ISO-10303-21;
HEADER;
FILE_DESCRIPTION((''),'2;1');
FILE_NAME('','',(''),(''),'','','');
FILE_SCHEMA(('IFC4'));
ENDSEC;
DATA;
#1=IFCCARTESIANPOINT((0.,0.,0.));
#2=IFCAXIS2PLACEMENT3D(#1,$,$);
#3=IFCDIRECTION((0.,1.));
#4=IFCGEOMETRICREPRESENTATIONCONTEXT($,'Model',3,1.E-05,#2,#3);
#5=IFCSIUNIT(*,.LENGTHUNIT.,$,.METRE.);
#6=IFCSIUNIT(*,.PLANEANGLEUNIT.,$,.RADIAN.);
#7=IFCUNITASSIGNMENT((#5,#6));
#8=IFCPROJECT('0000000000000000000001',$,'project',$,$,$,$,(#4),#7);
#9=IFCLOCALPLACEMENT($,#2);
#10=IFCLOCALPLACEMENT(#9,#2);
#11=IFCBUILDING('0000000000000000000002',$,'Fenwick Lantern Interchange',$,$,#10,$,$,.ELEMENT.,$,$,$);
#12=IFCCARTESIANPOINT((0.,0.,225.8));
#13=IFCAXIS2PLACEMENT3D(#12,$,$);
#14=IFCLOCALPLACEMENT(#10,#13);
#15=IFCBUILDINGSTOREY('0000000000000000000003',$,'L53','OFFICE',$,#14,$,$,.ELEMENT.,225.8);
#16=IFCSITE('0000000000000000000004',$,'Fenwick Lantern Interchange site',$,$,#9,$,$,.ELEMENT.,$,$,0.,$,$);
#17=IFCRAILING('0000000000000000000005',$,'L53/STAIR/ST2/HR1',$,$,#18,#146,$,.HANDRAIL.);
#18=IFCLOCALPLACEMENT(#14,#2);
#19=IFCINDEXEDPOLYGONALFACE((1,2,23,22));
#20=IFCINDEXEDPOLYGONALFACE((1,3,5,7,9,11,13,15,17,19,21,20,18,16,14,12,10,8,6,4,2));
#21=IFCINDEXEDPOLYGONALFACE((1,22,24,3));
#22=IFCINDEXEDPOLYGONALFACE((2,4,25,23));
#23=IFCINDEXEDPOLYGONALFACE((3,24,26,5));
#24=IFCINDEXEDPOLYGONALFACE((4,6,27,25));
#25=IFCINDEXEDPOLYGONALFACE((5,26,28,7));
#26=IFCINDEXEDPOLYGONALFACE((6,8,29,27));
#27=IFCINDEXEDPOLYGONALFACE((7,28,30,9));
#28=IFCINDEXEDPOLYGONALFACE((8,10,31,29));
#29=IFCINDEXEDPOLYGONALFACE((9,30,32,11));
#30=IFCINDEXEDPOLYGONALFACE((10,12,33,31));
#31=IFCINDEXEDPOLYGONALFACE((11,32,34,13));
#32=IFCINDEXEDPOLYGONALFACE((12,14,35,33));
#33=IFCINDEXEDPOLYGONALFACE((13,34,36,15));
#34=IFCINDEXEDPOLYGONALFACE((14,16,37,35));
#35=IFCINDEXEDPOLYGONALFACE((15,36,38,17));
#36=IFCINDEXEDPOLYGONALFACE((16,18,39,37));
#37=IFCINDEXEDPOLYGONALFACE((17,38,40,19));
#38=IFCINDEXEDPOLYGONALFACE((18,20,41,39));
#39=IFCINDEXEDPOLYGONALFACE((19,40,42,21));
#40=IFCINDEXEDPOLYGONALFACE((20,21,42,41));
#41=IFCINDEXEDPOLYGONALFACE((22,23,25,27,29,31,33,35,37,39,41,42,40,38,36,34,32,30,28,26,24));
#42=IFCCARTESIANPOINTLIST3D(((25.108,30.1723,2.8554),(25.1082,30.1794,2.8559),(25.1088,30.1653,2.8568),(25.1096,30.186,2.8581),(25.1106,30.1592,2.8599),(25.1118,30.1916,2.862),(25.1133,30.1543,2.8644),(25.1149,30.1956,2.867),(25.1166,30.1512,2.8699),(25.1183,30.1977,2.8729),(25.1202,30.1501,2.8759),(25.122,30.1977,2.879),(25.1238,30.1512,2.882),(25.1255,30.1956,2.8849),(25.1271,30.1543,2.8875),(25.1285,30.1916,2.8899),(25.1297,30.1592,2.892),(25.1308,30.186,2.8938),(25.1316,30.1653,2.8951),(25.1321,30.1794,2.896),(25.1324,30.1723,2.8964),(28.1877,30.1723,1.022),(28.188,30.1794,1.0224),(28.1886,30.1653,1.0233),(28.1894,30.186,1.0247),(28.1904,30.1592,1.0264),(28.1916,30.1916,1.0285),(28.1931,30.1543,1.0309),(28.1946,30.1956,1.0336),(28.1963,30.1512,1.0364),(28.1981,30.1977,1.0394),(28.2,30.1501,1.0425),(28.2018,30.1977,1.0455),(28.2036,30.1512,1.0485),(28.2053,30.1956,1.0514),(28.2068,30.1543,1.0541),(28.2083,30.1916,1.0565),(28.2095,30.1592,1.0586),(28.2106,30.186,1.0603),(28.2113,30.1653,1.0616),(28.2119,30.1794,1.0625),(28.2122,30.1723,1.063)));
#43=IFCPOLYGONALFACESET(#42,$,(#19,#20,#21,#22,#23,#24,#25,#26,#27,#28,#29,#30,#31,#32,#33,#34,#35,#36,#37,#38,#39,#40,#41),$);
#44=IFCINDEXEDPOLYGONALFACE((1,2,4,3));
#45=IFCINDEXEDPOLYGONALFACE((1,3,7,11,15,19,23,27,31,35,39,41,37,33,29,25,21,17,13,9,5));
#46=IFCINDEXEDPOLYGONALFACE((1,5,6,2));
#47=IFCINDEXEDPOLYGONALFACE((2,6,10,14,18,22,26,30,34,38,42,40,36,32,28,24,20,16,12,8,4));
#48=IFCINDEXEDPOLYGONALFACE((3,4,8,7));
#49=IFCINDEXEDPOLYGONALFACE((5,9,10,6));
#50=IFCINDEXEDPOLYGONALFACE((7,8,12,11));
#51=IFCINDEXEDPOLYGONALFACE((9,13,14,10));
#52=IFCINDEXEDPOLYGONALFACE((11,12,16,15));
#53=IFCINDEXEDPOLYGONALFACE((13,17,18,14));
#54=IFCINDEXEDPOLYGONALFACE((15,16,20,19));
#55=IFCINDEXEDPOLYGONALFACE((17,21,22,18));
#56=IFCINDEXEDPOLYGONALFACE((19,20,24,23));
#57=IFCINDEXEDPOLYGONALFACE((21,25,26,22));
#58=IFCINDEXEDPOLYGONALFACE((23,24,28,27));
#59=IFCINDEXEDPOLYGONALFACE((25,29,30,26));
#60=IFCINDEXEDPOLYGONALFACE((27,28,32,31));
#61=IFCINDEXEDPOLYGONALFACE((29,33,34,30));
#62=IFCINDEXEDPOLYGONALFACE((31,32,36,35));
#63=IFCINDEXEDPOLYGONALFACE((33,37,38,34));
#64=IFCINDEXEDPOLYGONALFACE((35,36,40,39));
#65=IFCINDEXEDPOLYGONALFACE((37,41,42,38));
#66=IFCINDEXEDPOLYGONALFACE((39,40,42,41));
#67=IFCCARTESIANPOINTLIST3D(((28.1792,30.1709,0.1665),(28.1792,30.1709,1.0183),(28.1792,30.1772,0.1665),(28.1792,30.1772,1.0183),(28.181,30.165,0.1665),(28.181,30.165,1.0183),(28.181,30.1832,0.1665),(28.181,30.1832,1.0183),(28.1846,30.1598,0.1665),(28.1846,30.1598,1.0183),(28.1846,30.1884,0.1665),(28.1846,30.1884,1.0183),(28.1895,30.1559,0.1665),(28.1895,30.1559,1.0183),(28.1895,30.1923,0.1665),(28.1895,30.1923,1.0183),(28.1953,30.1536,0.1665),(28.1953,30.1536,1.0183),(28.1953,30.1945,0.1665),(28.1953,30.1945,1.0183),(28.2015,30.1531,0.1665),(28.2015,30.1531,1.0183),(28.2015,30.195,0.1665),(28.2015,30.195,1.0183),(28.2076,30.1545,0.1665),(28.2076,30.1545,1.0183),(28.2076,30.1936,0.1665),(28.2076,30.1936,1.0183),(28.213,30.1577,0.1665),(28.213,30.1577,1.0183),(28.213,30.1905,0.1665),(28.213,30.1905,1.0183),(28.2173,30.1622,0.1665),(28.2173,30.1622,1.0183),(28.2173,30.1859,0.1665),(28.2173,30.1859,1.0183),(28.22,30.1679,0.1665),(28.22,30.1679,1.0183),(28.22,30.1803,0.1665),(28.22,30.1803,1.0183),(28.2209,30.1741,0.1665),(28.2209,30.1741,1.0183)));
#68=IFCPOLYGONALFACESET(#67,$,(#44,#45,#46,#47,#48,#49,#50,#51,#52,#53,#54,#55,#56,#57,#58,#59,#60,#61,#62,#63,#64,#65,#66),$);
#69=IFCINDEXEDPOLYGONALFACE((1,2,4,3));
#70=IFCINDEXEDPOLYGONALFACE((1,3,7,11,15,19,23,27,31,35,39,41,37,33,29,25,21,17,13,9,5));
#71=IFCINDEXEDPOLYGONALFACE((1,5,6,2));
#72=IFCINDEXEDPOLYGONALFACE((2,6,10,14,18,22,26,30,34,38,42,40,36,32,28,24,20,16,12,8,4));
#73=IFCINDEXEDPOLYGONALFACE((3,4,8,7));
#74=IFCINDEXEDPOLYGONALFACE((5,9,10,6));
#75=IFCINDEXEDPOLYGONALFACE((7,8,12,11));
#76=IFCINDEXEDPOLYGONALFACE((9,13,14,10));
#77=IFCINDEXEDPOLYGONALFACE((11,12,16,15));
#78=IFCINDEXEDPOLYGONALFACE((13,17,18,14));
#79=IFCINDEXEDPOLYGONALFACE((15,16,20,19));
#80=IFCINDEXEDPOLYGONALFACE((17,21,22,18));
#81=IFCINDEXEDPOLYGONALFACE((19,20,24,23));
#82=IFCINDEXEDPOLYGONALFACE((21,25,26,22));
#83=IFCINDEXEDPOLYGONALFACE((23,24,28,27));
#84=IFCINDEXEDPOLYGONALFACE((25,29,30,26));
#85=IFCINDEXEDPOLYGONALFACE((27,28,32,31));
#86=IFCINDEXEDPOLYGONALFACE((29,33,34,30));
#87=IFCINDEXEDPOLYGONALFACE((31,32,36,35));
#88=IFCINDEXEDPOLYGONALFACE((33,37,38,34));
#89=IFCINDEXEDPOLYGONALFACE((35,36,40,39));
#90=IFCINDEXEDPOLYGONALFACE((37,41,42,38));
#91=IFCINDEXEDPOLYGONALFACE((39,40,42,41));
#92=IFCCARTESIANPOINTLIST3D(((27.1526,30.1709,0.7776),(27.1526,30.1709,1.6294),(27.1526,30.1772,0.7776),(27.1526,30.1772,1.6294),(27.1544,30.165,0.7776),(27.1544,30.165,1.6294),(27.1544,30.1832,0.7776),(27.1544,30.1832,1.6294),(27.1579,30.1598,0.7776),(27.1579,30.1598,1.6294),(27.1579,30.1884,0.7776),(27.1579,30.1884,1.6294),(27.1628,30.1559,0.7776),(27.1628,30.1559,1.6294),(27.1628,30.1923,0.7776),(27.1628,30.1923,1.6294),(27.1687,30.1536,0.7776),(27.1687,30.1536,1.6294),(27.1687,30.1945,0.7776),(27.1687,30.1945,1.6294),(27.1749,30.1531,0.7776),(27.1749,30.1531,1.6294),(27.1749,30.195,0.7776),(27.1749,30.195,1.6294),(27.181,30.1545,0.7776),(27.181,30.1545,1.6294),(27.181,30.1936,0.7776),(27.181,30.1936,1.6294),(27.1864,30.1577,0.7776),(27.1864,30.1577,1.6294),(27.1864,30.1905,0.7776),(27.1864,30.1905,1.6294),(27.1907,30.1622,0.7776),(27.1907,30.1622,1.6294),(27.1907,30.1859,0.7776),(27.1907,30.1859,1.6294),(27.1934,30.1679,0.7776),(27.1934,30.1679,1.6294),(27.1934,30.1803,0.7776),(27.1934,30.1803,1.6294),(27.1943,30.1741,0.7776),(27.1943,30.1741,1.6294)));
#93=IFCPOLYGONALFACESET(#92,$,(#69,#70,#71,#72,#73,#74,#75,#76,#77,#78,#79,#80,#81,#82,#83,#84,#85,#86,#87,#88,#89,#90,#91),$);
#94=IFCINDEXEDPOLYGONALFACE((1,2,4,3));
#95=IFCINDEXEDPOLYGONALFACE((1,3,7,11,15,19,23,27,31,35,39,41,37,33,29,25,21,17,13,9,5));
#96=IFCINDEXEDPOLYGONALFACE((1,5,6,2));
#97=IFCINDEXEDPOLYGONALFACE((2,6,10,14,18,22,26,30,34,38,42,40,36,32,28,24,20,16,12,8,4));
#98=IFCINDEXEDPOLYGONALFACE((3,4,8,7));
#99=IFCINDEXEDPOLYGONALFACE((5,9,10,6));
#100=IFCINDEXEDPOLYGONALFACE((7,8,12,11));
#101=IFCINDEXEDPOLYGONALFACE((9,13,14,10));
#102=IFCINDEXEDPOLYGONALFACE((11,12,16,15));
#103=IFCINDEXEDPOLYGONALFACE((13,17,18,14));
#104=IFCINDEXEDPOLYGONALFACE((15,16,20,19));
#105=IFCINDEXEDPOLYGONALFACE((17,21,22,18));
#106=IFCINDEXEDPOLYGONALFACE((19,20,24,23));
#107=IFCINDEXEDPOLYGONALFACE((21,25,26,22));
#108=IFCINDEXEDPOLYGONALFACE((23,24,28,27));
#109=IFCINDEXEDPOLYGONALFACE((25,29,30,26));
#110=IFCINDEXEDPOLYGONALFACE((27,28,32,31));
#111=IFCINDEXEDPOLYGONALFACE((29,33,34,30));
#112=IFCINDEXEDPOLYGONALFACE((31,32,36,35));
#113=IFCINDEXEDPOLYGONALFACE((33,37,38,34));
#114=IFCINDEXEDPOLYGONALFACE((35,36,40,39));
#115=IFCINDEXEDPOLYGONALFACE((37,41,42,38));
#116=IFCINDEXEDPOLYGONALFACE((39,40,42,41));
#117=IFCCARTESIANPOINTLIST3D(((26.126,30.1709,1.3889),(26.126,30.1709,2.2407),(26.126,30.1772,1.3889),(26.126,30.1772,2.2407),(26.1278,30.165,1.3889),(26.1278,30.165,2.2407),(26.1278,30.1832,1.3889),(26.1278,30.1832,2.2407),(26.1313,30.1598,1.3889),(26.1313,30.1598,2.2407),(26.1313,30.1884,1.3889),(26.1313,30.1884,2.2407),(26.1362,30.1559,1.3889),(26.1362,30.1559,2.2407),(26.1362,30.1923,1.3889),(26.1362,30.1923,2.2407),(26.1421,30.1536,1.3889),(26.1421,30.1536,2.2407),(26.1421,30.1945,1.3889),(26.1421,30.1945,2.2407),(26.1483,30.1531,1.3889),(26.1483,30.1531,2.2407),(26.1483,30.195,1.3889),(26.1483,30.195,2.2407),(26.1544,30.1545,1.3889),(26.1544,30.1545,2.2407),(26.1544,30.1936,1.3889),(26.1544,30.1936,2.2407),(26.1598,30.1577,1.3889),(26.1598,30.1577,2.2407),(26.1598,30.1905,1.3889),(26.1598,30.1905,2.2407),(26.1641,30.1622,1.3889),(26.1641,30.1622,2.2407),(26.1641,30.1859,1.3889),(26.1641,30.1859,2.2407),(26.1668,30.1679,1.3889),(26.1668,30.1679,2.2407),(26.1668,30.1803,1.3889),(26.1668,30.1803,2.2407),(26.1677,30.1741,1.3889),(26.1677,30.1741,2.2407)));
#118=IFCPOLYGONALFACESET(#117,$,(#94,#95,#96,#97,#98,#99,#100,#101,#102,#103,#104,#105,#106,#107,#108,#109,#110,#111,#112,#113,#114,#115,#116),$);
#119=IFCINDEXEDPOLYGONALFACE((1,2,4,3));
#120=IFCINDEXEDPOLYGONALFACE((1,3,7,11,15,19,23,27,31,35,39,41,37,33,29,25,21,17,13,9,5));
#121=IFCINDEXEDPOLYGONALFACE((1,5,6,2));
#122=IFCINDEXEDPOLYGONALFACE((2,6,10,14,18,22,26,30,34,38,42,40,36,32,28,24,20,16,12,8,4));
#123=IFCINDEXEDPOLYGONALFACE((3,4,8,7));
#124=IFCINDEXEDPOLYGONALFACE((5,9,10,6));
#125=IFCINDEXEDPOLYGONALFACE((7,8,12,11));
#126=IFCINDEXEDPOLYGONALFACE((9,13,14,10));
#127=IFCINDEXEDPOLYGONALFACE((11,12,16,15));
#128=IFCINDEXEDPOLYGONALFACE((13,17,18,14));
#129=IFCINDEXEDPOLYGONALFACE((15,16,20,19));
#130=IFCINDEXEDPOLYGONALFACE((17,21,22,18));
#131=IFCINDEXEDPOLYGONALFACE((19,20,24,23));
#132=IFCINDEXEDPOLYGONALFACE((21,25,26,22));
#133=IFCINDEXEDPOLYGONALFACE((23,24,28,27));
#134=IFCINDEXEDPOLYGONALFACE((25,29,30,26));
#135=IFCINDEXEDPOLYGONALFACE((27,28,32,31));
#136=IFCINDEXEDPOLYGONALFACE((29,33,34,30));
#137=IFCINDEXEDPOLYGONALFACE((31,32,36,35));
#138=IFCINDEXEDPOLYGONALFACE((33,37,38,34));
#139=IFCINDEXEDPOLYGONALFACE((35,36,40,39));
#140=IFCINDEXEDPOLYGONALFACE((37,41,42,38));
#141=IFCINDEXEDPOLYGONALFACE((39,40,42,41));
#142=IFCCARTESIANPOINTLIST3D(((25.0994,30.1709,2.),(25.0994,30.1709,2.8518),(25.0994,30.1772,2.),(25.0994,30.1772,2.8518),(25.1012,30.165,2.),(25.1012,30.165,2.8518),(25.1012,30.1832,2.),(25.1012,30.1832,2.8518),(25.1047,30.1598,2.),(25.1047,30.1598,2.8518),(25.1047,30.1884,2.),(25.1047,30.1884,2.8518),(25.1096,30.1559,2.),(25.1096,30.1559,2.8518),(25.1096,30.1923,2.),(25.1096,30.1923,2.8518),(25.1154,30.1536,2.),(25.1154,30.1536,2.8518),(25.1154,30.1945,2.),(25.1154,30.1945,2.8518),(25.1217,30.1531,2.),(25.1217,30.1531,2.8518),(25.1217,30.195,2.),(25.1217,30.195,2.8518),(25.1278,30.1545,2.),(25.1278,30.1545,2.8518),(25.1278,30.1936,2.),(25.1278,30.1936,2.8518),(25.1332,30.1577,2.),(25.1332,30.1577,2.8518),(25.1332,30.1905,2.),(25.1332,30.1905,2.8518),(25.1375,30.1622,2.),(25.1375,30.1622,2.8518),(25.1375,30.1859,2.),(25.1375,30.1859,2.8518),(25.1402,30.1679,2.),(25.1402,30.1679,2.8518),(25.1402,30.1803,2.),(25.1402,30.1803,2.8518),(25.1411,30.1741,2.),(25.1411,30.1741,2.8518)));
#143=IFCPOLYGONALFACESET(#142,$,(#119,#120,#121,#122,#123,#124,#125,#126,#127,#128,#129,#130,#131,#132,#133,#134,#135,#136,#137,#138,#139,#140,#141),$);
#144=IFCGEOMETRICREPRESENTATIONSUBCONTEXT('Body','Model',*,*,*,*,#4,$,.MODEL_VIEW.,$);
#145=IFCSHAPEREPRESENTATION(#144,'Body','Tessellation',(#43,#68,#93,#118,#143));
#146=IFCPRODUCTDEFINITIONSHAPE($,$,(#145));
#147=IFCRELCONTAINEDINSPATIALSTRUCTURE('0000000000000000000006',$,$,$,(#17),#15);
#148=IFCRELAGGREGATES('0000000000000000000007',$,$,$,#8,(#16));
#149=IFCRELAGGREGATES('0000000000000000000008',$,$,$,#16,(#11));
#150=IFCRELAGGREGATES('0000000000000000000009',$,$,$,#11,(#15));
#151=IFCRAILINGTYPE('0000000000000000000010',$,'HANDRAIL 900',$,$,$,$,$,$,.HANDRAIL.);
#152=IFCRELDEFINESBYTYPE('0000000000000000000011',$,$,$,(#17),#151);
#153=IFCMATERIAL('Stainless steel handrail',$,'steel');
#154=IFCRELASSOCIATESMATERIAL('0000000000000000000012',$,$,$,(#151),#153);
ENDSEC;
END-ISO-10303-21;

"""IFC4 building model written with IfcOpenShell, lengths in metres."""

from ifc_helpers import new_model, si_unit, direction, frame, origin, origin_2d, place, context, subcontext, project, spatial, circle, extrude, material, type_object, element, save


model = new_model("IFC4")

# Units and contexts
model_context = context("Model", 3, precision=1e-05, world=origin(), true_north=direction((0.0, 1.0)))
body_context = subcontext(model_context, "Body", "Model", "MODEL_VIEW")
ifc_project = project(units=[si_unit("LENGTHUNIT", "METRE"), si_unit("PLANEANGLEUNIT", "RADIAN")], contexts=[model_context])

# Site, building, storey
site_placement = place(None, origin())
site = spatial("IfcSite", under=ifc_project, at=site_placement, Name="Fenwick Lantern Interchange site", CompositionType="ELEMENT", RefElevation=0.0)
building_placement = place(site_placement, origin())
building = spatial("IfcBuilding", under=site, at=building_placement, Name="Fenwick Lantern Interchange", CompositionType="ELEMENT")
storey_placement = place(building_placement, frame((0.0, 0.0, 225.8)))
storey = spatial("IfcBuildingStorey", under=building, at=storey_placement, Name="L53", Description="OFFICE", CompositionType="ELEMENT", Elevation=225.8)

# Railing
ifc_material_1 = material(Name="Stainless steel handrail", Category="steel")
railing_type = type_object("IfcRailingType", Name="HANDRAIL 900", PredefinedType="HANDRAIL", material=ifc_material_1)
railing_1_placement = place(storey_placement, frame((28.2, 30.1741, 0.1665)))
element("IfcRailing", 1, at=railing_1_placement, inside=storey, type_object=railing_type, Name="L53/STAIR/ST2/HR1", PredefinedType="HANDRAIL", context=body_context, shape_type="SweptSolid", body=[
    extrude(circle(Radius=0.0239, at=origin_2d()), frame((0.0, 0.0, 0.876), z_axis=(-0.859261, 0.0, 0.511538), x_axis=(0.0, -1.0, 0.0)), (0.0, 0.0, 1.0), 3.5842),
    extrude(circle(Radius=0.021, at=origin_2d()), origin(), (0.0, 0.0, 1.0), 0.8518),
    extrude(circle(Radius=0.021, at=origin_2d()), frame((-1.0266, 0.0, 0.6111)), (0.0, 0.0, 1.0), 0.8518),
    extrude(circle(Radius=0.021, at=origin_2d()), frame((-2.0532, 0.0, 1.2224)), (0.0, 0.0, 1.0), 0.8518),
    extrude(circle(Radius=0.021, at=origin_2d()), frame((-3.0798, 0.0, 1.8335)), (0.0, 0.0, 1.0), 0.8518),
])

save(model, "model.ifc")
